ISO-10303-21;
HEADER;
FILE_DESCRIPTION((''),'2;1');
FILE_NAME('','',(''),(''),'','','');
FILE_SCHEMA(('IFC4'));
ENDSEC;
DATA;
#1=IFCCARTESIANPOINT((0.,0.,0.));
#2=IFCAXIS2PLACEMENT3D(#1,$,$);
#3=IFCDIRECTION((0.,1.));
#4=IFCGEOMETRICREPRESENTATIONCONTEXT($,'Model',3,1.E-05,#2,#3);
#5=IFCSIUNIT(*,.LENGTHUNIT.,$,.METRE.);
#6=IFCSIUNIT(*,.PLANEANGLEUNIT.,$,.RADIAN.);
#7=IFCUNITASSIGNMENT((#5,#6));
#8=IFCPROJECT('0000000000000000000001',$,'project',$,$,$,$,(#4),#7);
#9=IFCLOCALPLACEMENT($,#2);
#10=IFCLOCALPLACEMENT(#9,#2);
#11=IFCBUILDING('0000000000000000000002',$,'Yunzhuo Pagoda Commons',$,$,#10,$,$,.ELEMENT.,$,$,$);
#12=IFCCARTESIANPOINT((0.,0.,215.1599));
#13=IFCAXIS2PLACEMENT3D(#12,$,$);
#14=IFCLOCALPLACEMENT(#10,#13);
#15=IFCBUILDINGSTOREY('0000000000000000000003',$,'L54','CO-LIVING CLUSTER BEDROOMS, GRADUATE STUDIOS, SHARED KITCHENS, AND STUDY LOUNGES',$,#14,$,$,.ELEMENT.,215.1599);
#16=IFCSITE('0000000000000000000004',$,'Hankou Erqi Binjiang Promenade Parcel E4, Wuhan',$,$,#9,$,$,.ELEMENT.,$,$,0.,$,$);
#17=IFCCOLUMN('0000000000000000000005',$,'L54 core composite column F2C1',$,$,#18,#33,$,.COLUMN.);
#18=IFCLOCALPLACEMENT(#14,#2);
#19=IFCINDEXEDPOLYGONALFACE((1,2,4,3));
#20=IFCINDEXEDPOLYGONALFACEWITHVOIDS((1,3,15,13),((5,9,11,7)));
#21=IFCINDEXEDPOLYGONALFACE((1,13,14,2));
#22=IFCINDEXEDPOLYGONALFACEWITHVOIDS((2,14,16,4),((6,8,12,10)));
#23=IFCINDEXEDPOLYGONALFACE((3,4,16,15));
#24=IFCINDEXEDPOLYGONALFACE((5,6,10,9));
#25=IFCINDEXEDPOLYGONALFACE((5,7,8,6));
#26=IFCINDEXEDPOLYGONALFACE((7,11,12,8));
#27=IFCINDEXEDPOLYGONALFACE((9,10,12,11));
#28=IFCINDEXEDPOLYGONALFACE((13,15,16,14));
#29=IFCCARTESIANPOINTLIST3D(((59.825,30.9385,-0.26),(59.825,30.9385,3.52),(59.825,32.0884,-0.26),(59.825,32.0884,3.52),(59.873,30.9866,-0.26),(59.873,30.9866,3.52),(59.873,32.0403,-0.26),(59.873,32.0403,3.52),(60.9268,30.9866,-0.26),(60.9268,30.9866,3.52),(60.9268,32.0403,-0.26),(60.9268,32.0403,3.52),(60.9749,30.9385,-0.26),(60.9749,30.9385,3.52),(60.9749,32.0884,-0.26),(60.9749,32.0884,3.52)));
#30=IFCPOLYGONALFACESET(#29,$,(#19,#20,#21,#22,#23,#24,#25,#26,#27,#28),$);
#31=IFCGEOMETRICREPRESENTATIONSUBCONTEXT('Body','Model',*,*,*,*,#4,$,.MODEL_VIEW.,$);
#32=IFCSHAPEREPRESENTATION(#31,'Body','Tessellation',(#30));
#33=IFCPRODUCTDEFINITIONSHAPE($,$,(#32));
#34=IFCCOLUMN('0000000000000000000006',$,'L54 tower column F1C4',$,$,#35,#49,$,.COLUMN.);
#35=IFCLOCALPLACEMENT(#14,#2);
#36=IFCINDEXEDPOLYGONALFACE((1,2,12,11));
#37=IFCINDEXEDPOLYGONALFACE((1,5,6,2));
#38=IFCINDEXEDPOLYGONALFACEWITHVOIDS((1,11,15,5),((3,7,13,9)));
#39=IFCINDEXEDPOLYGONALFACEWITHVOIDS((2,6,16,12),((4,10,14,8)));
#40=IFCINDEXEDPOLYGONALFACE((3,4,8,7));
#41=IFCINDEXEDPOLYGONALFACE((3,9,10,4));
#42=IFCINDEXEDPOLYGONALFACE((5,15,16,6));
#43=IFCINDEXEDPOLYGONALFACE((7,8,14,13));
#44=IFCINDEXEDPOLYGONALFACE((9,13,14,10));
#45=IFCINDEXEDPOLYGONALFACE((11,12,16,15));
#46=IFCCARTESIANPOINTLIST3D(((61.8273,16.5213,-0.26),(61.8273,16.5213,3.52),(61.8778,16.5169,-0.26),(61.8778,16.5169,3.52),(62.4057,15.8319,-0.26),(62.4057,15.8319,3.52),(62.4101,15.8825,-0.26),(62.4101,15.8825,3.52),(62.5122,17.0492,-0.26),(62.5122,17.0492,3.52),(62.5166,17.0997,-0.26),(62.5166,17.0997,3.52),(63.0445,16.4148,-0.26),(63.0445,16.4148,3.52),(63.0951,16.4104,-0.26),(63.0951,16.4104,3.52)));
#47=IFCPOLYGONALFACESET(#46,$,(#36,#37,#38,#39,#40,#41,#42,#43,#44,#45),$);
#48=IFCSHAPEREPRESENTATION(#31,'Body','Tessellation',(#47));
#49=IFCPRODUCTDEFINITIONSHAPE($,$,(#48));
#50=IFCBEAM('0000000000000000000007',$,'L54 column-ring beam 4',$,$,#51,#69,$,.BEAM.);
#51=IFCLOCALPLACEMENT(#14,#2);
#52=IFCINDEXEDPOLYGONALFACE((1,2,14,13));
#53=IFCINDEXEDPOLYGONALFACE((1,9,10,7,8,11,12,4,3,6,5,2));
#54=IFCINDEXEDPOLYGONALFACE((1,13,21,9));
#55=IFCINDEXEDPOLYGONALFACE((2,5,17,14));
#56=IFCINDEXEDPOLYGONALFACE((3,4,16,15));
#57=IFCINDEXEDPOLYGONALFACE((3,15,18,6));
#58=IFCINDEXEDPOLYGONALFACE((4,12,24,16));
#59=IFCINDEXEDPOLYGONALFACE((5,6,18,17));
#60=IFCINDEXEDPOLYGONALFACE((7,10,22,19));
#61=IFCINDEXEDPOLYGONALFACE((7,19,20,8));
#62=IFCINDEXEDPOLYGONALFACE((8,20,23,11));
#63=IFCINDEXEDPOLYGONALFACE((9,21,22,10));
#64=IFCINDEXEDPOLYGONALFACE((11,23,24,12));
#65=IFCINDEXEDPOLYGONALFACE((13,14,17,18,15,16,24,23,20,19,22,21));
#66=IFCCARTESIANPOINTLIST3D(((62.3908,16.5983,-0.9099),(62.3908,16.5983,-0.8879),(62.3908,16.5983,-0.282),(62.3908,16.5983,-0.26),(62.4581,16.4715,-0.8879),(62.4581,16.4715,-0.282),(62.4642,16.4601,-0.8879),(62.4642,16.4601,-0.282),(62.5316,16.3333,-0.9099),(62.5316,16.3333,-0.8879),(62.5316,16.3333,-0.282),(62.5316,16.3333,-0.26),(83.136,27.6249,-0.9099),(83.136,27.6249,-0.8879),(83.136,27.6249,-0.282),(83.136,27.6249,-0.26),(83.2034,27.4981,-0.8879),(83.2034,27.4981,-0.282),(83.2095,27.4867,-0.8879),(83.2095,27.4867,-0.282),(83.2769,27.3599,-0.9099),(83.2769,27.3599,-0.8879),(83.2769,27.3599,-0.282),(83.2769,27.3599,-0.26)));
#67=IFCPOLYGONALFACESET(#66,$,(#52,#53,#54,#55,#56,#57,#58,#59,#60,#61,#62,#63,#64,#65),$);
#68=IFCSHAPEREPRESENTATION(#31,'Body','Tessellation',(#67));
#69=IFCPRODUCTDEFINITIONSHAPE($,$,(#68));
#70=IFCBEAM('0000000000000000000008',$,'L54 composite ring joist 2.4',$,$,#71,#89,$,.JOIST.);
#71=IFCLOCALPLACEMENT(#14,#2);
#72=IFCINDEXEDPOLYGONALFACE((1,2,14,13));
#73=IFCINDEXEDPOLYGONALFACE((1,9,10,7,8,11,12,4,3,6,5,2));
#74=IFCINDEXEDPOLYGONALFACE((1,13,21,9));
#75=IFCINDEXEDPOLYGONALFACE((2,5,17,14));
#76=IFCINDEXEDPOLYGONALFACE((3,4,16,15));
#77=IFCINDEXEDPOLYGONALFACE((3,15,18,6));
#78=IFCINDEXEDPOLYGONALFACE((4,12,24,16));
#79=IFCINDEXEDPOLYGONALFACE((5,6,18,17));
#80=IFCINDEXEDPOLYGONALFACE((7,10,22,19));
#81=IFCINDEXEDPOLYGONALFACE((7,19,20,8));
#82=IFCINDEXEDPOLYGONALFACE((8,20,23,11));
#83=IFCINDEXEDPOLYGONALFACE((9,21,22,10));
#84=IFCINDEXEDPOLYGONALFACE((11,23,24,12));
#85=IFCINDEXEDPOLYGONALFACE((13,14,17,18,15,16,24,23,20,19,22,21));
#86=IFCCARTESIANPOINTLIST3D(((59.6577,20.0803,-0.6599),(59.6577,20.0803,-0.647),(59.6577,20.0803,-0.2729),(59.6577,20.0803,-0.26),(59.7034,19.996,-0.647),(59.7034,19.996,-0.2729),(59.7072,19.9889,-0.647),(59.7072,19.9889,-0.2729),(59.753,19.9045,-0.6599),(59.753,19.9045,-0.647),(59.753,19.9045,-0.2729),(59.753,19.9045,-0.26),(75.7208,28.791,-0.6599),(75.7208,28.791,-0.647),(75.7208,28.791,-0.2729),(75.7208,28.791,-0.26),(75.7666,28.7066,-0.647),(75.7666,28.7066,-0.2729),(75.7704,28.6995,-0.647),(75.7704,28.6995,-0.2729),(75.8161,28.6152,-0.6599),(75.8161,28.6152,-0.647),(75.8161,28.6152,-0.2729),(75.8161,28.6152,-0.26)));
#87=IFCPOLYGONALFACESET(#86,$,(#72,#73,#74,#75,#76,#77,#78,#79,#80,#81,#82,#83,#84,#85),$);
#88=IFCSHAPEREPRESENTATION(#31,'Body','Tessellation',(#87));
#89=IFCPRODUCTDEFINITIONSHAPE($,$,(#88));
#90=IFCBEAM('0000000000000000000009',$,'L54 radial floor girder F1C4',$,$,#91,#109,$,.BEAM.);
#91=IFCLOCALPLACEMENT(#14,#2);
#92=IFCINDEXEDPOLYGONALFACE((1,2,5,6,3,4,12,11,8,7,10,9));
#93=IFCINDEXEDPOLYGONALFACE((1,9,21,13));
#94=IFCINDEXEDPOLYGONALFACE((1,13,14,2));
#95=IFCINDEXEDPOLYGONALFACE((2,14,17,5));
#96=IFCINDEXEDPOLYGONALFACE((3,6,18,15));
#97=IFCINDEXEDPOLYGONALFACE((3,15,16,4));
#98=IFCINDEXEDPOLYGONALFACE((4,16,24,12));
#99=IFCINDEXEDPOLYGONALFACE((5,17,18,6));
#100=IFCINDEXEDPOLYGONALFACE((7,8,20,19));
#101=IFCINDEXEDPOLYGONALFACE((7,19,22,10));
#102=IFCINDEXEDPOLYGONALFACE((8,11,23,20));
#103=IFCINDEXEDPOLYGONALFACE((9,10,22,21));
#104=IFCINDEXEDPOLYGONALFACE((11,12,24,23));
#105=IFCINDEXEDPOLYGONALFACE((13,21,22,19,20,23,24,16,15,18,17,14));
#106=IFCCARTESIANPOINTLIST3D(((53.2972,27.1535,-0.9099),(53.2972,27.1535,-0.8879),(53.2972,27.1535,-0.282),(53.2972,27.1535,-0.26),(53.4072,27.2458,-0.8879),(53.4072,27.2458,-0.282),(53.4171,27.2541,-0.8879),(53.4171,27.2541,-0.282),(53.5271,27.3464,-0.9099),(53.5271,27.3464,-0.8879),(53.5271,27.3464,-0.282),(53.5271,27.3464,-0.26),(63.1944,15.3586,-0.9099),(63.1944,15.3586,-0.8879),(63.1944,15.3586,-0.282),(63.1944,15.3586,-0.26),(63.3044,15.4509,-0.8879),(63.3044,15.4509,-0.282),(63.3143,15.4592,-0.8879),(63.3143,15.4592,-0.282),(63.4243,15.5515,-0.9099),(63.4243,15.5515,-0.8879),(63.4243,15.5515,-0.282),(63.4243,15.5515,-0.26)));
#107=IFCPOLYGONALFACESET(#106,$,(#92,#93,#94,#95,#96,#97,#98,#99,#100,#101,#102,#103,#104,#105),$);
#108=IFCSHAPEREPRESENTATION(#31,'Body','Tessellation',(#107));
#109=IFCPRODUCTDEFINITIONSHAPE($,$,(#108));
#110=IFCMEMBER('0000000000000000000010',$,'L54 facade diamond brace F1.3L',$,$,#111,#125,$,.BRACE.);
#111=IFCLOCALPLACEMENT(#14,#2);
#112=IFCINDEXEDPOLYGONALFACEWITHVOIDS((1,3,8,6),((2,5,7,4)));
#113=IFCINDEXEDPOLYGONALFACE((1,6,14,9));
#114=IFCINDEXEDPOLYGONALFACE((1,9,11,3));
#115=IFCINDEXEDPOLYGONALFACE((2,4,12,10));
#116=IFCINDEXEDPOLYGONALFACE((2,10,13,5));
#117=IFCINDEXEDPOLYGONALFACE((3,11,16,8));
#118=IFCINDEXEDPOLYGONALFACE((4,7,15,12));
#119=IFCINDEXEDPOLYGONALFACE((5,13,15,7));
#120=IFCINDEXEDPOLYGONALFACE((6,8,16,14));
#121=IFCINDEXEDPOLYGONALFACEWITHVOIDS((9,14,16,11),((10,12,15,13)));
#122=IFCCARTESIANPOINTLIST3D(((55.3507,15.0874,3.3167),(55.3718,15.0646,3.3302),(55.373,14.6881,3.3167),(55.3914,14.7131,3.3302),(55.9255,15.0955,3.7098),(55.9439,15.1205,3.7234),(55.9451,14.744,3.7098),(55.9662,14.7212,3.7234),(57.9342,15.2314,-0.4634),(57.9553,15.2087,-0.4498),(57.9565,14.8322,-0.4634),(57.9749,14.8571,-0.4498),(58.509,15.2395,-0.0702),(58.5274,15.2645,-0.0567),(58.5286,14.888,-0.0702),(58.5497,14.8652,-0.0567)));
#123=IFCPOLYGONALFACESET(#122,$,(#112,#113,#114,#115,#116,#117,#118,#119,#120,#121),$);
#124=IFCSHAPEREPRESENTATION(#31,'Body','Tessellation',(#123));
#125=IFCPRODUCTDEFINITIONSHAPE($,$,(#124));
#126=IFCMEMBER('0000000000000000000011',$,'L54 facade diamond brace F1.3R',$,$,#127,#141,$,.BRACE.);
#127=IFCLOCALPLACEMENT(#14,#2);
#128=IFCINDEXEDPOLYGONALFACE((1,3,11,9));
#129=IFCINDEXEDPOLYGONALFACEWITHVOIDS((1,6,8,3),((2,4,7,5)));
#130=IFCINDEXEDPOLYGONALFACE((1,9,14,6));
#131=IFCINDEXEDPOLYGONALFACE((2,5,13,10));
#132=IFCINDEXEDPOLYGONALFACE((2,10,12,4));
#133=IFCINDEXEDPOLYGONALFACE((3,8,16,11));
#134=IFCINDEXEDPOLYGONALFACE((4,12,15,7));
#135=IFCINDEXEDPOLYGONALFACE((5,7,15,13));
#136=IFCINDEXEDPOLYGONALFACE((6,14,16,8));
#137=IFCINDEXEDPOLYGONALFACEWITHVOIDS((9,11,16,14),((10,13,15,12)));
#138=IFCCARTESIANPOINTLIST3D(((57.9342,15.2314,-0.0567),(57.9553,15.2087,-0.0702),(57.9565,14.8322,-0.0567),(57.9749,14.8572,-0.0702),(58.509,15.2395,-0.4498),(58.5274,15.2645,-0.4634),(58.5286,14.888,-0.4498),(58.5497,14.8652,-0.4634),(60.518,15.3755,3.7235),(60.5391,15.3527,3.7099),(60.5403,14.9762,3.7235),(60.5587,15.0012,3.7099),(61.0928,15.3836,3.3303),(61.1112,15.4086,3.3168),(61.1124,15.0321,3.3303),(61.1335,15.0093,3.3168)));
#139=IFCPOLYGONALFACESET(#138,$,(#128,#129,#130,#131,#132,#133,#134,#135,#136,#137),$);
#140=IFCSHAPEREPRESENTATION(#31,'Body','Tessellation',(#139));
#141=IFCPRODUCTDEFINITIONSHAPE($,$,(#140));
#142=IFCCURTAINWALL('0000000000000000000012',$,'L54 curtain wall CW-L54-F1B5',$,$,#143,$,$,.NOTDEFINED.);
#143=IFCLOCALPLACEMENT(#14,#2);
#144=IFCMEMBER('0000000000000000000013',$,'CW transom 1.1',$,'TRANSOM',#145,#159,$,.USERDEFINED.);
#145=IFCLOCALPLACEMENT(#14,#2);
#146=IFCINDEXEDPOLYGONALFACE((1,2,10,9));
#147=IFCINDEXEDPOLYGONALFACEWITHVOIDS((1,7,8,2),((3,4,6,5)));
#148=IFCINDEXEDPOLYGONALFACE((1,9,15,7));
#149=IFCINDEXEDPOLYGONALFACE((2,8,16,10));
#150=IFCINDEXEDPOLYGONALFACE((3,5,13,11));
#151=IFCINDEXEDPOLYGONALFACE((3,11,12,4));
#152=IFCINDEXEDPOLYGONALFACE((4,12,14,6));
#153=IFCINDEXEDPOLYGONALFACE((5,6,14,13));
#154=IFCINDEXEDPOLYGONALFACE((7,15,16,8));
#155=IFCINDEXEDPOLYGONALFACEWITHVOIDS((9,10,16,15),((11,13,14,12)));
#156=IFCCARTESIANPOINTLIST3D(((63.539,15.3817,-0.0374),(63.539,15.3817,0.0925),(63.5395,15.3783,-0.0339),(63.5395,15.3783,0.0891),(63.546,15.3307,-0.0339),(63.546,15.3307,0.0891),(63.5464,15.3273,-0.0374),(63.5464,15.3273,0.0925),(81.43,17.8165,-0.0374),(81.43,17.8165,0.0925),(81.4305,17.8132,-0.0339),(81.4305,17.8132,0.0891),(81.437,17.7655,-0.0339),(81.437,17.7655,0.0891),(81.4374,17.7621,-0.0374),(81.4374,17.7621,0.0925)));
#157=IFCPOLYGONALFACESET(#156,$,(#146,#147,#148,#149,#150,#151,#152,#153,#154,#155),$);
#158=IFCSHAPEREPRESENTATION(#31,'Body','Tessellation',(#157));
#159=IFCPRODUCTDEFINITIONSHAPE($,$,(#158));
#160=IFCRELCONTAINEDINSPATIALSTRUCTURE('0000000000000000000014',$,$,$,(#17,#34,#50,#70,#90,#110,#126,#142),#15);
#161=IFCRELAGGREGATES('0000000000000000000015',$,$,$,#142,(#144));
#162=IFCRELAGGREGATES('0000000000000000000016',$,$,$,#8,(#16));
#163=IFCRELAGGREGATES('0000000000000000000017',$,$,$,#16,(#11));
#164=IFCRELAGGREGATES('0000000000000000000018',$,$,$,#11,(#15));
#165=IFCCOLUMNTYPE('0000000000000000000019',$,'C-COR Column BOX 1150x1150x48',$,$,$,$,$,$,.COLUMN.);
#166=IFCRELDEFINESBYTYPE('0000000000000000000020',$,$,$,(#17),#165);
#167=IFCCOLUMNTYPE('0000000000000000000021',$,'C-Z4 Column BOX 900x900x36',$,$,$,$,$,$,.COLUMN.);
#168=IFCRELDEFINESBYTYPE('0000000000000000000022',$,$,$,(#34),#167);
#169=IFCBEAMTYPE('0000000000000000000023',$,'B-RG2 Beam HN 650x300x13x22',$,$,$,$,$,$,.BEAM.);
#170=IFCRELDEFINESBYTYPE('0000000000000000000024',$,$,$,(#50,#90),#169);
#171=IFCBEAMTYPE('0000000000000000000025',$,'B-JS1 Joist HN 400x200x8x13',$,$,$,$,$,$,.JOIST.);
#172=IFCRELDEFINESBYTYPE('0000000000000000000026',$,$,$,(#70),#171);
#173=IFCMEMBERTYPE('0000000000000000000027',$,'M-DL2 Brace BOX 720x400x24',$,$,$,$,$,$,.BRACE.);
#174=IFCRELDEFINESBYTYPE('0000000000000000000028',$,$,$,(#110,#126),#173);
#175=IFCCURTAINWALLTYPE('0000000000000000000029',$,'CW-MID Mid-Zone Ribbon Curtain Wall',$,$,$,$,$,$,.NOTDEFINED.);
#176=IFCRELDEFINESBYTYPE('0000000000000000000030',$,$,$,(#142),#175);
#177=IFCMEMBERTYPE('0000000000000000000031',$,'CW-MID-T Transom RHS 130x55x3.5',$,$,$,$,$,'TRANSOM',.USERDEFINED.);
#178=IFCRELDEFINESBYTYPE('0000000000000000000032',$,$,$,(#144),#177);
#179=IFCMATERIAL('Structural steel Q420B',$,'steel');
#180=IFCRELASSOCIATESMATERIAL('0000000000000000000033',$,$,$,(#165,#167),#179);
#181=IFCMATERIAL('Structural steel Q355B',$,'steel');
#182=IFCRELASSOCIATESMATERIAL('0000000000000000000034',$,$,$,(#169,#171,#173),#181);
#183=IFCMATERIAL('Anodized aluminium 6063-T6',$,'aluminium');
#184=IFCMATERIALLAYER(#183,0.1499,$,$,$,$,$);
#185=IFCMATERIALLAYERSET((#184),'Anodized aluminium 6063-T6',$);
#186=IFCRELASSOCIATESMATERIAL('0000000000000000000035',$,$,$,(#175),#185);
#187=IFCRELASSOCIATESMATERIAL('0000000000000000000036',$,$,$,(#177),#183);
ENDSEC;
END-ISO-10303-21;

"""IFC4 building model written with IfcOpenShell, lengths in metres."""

from ifc_helpers import new_model, si_unit, direction, frame, origin, origin_2d, place, context, subcontext, project, spatial, hollow_rectangle, i_section, extrude, source, transform, mapped, material, layer, layer_set, material_profile, profile_set, type_object, element, aggregate, save


model = new_model("IFC4")

# Units and contexts
model_context = context("Model", 3, precision=1e-05, world=origin(), true_north=direction((0.0, 1.0)))
body_context = subcontext(model_context, "Body", "Model", "MODEL_VIEW")
ifc_project = project(units=[si_unit("LENGTHUNIT", "METRE"), si_unit("PLANEANGLEUNIT", "RADIAN")], contexts=[model_context])

# Site, building, storey
site_placement = place(None, origin())
site = spatial("IfcSite", under=ifc_project, at=site_placement, Name="Hankou Erqi Binjiang Promenade Parcel E4, Wuhan", CompositionType="ELEMENT", RefElevation=0.0)
building_placement = place(site_placement, origin())
building = spatial("IfcBuilding", under=site, at=building_placement, Name="Yunzhuo Pagoda Commons", CompositionType="ELEMENT")
storey_placement = place(building_placement, frame((0.0, 0.0, 215.1599)))
storey = spatial("IfcBuildingStorey", under=building, at=storey_placement, Name="L54", Description="CO-LIVING CLUSTER BEDROOMS, GRADUATE STUDIOS, SHARED KITCHENS, AND STUDY LOUNGES", CompositionType="ELEMENT", Elevation=215.1599)

# Columns
ifc_material_1 = material(Name="Structural steel Q420B", Category="steel")
ifc_material_profile_1 = material_profile(ifc_material_1, hollow_rectangle(XDim=1.1499, YDim=1.1499, WallThickness=0.0481, at=origin_2d()), Name="Structural steel Q420B")
ifc_profile_set_1 = profile_set([ifc_material_profile_1], Name="Structural steel Q420B")
column_type_1 = type_object("IfcColumnType", Name="C-COR Column BOX 1150x1150x48", PredefinedType="COLUMN", material=ifc_profile_set_1)
shared_shape_1 = source(origin(), body_context, "Body", "SweptSolid", [
    extrude(hollow_rectangle(XDim=1.1499, YDim=1.1499, WallThickness=0.0481, at=origin_2d()), origin(), (0.0, 0.0, 1.0), 3.78),
])
column_1_placement = place(storey_placement, frame((60.3999, 31.5134, -0.26), z_axis=(0.0, 0.0, 1.0), x_axis=(1.0, 0.0, 0.0)))
element("IfcColumn", 1, at=column_1_placement, inside=storey, type_object=column_type_1, Name="L54 core composite column F2C1", PredefinedType="COLUMN", context=body_context, shape_type="MappedRepresentation", body=[
    mapped(shared_shape_1, transform((0.0, 0.0, 0.0), scale=1.0)),
])
ifc_material_profile_2 = material_profile(ifc_material_1, hollow_rectangle(XDim=0.8999, YDim=0.8999, WallThickness=0.0359, at=origin_2d()), Name="Structural steel Q420B")
ifc_profile_set_2 = profile_set([ifc_material_profile_2], Name="Structural steel Q420B")
column_type_2 = type_object("IfcColumnType", Name="C-Z4 Column BOX 900x900x36", PredefinedType="COLUMN", material=ifc_profile_set_2)
shared_shape_2 = source(origin(), body_context, "Body", "SweptSolid", [
    extrude(hollow_rectangle(XDim=0.8999, YDim=0.8999, WallThickness=0.0359, at=origin_2d()), origin(), (0.0, 0.0, 1.0), 3.78),
])
column_2_placement = place(storey_placement, frame((62.4612, 16.4658, -0.26), z_axis=(0.0, 0.0, 1.0), x_axis=(0.766044, 0.642788, 0.0)))
element("IfcColumn", 2, at=column_2_placement, inside=storey, type_object=column_type_2, Name="L54 tower column F1C4", PredefinedType="COLUMN", context=body_context, shape_type="MappedRepresentation", body=[
    mapped(shared_shape_2, transform((0.0, 0.0, 0.0), scale=1.0)),
])

# Beams
ifc_material_2 = material(Name="Structural steel Q355B", Category="steel")
ifc_material_profile_3 = material_profile(ifc_material_2, i_section(OverallWidth=0.3, OverallDepth=0.6499, WebThickness=0.0129, FlangeThickness=0.022, at=origin_2d()), Name="Structural steel Q355B")
ifc_profile_set_3 = profile_set([ifc_material_profile_3], Name="Structural steel Q355B")
beam_type_1 = type_object("IfcBeamType", Name="B-RG2 Beam HN 650x300x13x22", PredefinedType="BEAM", material=ifc_profile_set_3)
shared_shape_3 = source(origin(), body_context, "Body", "SweptSolid", [
    extrude(i_section(OverallWidth=0.3, OverallDepth=0.6499, WebThickness=0.0129, FlangeThickness=0.022, at=origin_2d()), origin(), (0.0, 0.0, 1.0), 23.4937),
])
beam_1_placement = place(storey_placement, frame((62.4612, 16.4658, -0.585), z_axis=(0.883016, 0.469342, 0.0), x_axis=(-0.469342, 0.883016, 0.0)))
element("IfcBeam", 3, at=beam_1_placement, inside=storey, type_object=beam_type_1, Name="L54 column-ring beam 4", PredefinedType="BEAM", context=body_context, shape_type="MappedRepresentation", body=[
    mapped(shared_shape_3, transform((0.0, 0.0, 0.0), scale=1.0)),
])
ifc_material_profile_4 = material_profile(ifc_material_2, i_section(OverallWidth=0.2, OverallDepth=0.3999, WebThickness=0.0081, FlangeThickness=0.0129, at=origin_2d()), Name="Structural steel Q355B")
ifc_profile_set_4 = profile_set([ifc_material_profile_4], Name="Structural steel Q355B")
beam_type_2 = type_object("IfcBeamType", Name="B-JS1 Joist HN 400x200x8x13", PredefinedType="JOIST", material=ifc_profile_set_4)
shared_shape_4 = source(origin(), body_context, "Body", "SweptSolid", [
    extrude(i_section(OverallWidth=0.2, OverallDepth=0.3999, WebThickness=0.0081, FlangeThickness=0.0129, at=origin_2d()), origin(), (0.0, 0.0, 1.0), 18.2729),
])
beam_2_placement = place(storey_placement, frame((59.7053, 19.9924, -0.46), z_axis=(0.879068, 0.476697, 0.0), x_axis=(-0.476697, 0.879068, 0.0)))
element("IfcBeam", 4, at=beam_2_placement, inside=storey, type_object=beam_type_2, Name="L54 composite ring joist 2.4", PredefinedType="JOIST", context=body_context, shape_type="MappedRepresentation", body=[
    mapped(shared_shape_4, transform((0.0, 0.0, 0.0), scale=1.0)),
])
shared_shape_5 = source(origin(), body_context, "Body", "SweptSolid", [
    extrude(i_section(OverallWidth=0.3, OverallDepth=0.6499, WebThickness=0.0129, FlangeThickness=0.022, at=origin_2d()), origin(), (0.0, 0.0, 1.0), 15.3972),
])
beam_3_placement = place(storey_placement, frame((63.3093, 15.4551, -0.585), z_axis=(-0.642792, 0.766041, 0.0), x_axis=(-0.766041, -0.642792, 0.0)))
element("IfcBeam", 5, at=beam_3_placement, inside=storey, type_object=beam_type_1, Name="L54 radial floor girder F1C4", PredefinedType="BEAM", context=body_context, shape_type="MappedRepresentation", body=[
    mapped(shared_shape_5, transform((0.0, 0.0, 0.0), scale=1.0)),
])

# Members
ifc_material_profile_5 = material_profile(ifc_material_2, hollow_rectangle(XDim=0.3999, YDim=0.72, WallThickness=0.0239, at=origin_2d()), Name="Structural steel Q355B")
ifc_profile_set_5 = profile_set([ifc_material_profile_5], Name="Structural steel Q355B")
member_type_1 = type_object("IfcMemberType", Name="M-DL2 Brace BOX 720x400x24", PredefinedType="BRACE", material=ifc_profile_set_5)
shared_shape_6 = source(origin(), body_context, "Body", "SweptSolid", [
    extrude(hollow_rectangle(XDim=0.3999, YDim=0.72, WallThickness=0.0239, at=origin_2d()), origin(), (0.0, 0.0, 1.0), 4.5808),
])
member_1_placement = place(storey_placement, frame((58.2419, 15.0483, -0.26), z_axis=(-0.563982, -0.031445, 0.825188), x_axis=(0.055669, -0.998449, 0.0)))
element("IfcMember", 6, at=member_1_placement, inside=storey, type_object=member_type_1, Name="L54 facade diamond brace F1.3L", PredefinedType="BRACE", context=body_context, shape_type="MappedRepresentation", body=[
    mapped(shared_shape_6, transform((0.0, 0.0, 0.0), scale=1.0)),
])
shared_shape_7 = source(origin(), body_context, "Body", "SweptSolid", [
    extrude(hollow_rectangle(XDim=0.3999, YDim=0.72, WallThickness=0.0239, at=origin_2d()), origin(), (0.0, 0.0, 1.0), 4.5811),
])
member_2_placement = place(storey_placement, frame((58.2419, 15.0483, -0.26), z_axis=(0.564019, 0.031444, 0.825163), x_axis=(-0.055663, 0.99845, 0.0)))
element("IfcMember", 7, at=member_2_placement, inside=storey, type_object=member_type_1, Name="L54 facade diamond brace F1.3R", PredefinedType="BRACE", context=body_context, shape_type="MappedRepresentation", body=[
    mapped(shared_shape_7, transform((0.0, 0.0, 0.0), scale=1.0)),
])

# Curtain wall, member
ifc_material_3 = material(Name="Anodized aluminium 6063-T6", Category="aluminium")
ifc_layer_1 = layer(ifc_material_3, 0.1499)
ifc_layer_set_1 = layer_set([ifc_layer_1], Name="Anodized aluminium 6063-T6")
curtain_wall_type = type_object("IfcCurtainWallType", Name="CW-MID Mid-Zone Ribbon Curtain Wall", PredefinedType="NOTDEFINED", material=ifc_layer_set_1)
curtain_wall_1_placement = place(storey_placement, origin())
curtain_wall_1 = element("IfcCurtainWall", 8, at=curtain_wall_1_placement, inside=storey, type_object=curtain_wall_type, Name="L54 curtain wall CW-L54-F1B5", PredefinedType="NOTDEFINED")
ifc_material_profile_6 = material_profile(ifc_material_3, hollow_rectangle(XDim=0.0549, YDim=0.1299, WallThickness=0.0034, at=origin_2d()), Name="Anodized aluminium 6063-T6")
ifc_profile_set_6 = profile_set([ifc_material_profile_6], Name="Anodized aluminium 6063-T6")
member_type_2 = type_object("IfcMemberType", Name="CW-MID-T Transom RHS 130x55x3.5", ElementType="TRANSOM", PredefinedType="USERDEFINED", material=ifc_profile_set_6)
shared_shape_8 = source(origin(), body_context, "Body", "SweptSolid", [
    extrude(hollow_rectangle(XDim=0.0549, YDim=0.1299, WallThickness=0.0034, at=origin_2d()), origin(), (0.0, 0.0, 1.0), 18.0559),
])
member_3_placement = place(storey_placement, frame((63.5427, 15.3545, 0.0276), z_axis=(0.990866, 0.13485, 0.0), x_axis=(-0.13485, 0.990866, 0.0)))
member_3 = element("IfcMember", 9, at=member_3_placement, type_object=member_type_2, Name="CW transom 1.1", ObjectType="TRANSOM", PredefinedType="USERDEFINED", context=body_context, shape_type="MappedRepresentation", body=[
    mapped(shared_shape_8, transform((0.0, 0.0, 0.0), scale=1.0)),
])

aggregate(curtain_wall_1, [member_3])

save(model, "model.ifc")
